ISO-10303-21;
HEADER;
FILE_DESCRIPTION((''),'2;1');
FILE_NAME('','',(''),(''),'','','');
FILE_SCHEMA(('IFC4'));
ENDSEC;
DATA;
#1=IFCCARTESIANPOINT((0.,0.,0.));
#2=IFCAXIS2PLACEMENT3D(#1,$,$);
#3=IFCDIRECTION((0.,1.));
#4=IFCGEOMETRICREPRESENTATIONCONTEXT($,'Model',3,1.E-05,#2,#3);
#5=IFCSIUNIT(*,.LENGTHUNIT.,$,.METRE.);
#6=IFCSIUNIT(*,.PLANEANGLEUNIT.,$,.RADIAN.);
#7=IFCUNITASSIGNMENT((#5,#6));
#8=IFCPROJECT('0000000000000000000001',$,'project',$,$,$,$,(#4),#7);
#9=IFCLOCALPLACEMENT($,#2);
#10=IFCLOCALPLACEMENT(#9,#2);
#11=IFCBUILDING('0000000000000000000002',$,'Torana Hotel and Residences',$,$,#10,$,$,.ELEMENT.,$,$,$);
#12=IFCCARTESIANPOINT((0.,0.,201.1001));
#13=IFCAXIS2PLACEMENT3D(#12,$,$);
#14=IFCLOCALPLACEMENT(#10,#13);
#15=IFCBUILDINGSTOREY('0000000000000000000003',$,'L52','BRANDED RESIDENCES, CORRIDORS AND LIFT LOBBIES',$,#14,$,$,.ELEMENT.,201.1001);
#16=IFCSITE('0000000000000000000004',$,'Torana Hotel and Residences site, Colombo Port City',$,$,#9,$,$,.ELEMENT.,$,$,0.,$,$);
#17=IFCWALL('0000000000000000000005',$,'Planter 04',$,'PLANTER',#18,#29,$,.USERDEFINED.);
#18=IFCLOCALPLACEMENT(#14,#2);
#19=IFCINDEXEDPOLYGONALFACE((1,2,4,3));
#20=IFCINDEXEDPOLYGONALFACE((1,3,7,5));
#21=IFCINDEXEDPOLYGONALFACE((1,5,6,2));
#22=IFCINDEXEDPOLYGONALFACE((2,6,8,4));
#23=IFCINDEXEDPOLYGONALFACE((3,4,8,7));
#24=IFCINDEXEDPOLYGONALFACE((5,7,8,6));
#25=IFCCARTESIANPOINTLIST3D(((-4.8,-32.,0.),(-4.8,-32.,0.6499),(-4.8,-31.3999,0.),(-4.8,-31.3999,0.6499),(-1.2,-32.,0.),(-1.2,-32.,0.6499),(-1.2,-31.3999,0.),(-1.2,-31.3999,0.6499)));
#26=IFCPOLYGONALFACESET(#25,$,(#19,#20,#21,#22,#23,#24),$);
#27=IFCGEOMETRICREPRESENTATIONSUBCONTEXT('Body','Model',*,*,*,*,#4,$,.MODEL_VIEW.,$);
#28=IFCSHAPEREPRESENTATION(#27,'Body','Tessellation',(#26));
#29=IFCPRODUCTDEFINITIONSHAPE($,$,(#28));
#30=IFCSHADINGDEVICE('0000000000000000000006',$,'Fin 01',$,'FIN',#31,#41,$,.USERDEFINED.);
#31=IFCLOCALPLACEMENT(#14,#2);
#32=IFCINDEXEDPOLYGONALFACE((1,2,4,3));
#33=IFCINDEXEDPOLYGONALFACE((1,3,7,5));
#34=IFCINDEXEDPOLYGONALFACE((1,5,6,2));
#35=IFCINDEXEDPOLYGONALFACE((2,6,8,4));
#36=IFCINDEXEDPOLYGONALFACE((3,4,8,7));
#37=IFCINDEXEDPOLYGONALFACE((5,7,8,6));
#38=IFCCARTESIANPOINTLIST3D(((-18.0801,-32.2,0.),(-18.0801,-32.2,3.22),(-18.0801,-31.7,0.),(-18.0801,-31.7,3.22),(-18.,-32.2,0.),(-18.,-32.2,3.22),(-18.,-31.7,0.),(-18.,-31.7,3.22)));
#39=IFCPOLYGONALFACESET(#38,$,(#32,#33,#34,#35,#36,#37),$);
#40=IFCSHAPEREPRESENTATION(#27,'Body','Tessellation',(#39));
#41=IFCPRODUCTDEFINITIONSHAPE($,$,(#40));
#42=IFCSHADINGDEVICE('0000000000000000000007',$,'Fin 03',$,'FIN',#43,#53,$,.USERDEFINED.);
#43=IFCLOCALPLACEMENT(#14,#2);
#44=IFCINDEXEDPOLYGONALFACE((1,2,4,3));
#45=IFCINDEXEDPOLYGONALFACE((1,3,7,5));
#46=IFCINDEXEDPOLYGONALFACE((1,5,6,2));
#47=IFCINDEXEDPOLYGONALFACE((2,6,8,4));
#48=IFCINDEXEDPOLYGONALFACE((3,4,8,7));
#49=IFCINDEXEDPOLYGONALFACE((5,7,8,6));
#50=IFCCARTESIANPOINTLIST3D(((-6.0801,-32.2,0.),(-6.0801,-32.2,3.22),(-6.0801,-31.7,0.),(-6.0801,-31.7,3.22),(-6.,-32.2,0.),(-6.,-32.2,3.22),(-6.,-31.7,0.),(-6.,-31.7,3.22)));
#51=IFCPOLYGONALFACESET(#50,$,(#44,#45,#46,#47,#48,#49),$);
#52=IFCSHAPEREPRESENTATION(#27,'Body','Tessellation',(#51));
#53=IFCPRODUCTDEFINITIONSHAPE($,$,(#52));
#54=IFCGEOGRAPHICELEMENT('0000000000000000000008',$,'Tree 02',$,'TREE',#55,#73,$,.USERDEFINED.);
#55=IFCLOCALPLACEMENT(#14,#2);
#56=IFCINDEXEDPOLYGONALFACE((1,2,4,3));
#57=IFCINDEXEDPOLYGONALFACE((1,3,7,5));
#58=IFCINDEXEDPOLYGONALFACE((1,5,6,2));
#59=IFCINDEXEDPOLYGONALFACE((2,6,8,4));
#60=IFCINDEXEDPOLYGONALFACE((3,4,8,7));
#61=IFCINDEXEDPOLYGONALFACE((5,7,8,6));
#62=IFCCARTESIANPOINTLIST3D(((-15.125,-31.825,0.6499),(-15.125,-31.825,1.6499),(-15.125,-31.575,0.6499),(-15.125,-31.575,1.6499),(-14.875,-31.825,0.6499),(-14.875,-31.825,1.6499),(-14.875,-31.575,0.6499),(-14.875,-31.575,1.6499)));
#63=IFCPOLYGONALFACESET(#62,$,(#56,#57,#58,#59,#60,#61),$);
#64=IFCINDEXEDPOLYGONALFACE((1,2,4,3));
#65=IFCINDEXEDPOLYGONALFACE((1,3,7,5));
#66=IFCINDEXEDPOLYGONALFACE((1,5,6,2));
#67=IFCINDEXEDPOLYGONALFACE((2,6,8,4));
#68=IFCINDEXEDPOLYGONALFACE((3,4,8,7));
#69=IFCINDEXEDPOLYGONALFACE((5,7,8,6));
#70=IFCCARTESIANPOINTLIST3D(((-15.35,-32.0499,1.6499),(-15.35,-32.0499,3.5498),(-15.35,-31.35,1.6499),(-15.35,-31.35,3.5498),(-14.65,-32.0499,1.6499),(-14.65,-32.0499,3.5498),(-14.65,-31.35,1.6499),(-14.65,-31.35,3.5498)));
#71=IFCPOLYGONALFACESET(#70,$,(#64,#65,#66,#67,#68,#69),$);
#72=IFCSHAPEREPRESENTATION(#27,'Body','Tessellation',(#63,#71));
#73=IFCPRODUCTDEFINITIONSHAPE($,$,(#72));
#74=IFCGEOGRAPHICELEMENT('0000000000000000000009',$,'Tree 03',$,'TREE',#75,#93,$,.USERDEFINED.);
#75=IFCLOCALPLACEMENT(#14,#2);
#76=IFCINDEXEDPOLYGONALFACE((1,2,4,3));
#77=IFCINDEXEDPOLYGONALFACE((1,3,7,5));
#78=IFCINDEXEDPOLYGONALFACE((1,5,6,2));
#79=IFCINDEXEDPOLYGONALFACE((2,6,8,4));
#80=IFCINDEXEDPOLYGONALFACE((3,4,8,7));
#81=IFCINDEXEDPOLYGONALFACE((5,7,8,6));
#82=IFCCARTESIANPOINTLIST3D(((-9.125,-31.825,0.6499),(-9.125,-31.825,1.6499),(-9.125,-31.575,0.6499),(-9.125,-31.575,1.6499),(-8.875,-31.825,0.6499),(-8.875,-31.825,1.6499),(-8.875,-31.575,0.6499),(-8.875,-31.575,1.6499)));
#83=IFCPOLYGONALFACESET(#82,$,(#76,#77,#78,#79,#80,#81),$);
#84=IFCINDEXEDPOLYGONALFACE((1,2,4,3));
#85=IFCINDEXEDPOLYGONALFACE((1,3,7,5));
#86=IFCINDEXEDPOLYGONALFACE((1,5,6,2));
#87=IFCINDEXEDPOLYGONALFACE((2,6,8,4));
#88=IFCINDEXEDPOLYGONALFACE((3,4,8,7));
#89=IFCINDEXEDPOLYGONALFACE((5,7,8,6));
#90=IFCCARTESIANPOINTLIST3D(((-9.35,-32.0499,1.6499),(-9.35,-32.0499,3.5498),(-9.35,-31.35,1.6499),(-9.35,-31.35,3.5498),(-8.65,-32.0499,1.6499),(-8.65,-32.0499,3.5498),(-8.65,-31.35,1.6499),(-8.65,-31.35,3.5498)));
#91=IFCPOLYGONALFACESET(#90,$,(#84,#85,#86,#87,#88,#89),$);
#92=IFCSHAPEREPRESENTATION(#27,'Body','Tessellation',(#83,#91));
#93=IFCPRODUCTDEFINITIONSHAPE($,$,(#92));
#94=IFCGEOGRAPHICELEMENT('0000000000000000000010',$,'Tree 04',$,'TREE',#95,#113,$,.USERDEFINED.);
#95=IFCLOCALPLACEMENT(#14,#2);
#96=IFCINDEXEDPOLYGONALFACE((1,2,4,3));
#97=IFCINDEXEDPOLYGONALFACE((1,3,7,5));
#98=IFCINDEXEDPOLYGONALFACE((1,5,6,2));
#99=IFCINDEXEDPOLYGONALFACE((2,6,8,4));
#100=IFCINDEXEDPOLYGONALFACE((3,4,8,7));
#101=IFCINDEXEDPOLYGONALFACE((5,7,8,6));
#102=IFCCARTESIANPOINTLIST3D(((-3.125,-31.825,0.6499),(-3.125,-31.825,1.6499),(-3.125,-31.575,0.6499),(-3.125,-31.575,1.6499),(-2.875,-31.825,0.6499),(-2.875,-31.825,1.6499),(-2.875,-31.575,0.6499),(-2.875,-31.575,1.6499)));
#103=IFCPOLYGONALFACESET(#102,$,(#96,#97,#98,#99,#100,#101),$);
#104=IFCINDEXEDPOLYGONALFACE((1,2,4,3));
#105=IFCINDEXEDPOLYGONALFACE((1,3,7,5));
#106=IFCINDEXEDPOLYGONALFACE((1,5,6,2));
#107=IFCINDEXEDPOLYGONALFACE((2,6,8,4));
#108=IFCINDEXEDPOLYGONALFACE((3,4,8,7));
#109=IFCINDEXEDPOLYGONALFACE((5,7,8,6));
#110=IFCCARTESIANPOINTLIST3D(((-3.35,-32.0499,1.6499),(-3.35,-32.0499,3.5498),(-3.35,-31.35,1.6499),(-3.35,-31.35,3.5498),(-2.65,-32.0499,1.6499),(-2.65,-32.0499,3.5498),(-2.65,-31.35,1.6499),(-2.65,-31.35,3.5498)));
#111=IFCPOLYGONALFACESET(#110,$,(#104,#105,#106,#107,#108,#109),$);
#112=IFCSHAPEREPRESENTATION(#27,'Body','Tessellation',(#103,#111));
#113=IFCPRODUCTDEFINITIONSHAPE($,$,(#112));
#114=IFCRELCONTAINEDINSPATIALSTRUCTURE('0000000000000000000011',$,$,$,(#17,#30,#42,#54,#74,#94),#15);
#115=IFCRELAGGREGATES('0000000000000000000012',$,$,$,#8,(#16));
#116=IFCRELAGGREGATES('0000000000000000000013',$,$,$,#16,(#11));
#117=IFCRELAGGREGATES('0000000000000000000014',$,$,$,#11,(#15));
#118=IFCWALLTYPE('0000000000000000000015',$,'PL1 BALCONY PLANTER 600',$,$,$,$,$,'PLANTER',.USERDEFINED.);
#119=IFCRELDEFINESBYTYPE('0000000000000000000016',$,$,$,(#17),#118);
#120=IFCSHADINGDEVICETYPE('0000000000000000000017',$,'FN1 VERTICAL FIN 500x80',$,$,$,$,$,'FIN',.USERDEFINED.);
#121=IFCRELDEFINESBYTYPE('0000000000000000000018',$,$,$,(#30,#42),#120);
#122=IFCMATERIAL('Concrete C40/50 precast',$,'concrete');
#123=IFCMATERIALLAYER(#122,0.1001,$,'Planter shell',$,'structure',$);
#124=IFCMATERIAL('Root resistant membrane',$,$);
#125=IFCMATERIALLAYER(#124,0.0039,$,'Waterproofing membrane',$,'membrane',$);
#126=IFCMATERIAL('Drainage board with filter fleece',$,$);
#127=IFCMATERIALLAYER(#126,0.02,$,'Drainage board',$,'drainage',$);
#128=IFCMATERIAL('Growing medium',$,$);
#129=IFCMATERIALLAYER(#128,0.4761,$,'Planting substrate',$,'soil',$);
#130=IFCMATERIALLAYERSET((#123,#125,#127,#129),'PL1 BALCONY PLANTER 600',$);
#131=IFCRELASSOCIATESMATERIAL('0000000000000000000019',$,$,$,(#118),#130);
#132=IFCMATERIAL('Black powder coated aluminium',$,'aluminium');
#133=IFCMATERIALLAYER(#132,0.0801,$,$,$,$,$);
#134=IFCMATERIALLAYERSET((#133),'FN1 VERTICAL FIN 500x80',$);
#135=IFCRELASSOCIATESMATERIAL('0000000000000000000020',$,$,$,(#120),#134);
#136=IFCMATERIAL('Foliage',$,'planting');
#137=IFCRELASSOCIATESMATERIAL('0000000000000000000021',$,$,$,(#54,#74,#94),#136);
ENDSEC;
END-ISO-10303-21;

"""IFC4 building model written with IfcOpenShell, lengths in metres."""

from ifc_helpers import new_model, si_unit, direction, frame, frame_2d, origin, origin_2d, place, context, subcontext, project, spatial, rectangle, extrude, material, layer, layer_set, type_object, element, save


model = new_model("IFC4")

# Units and contexts
model_context = context("Model", 3, precision=1e-05, world=origin(), true_north=direction((0.0, 1.0)))
body_context = subcontext(model_context, "Body", "Model", "MODEL_VIEW")
ifc_project = project(units=[si_unit("LENGTHUNIT", "METRE"), si_unit("PLANEANGLEUNIT", "RADIAN")], contexts=[model_context])

# Site, building, storey
site_placement = place(None, origin())
site = spatial("IfcSite", under=ifc_project, at=site_placement, Name="Torana Hotel and Residences site, Colombo Port City", CompositionType="ELEMENT", RefElevation=0.0)
building_placement = place(site_placement, origin())
building = spatial("IfcBuilding", under=site, at=building_placement, Name="Torana Hotel and Residences", CompositionType="ELEMENT")
storey_placement = place(building_placement, frame((0.0, 0.0, 201.1001)))
storey = spatial("IfcBuildingStorey", under=building, at=storey_placement, Name="L52", Description="BRANDED RESIDENCES, CORRIDORS AND LIFT LOBBIES", CompositionType="ELEMENT", Elevation=201.1001)

# Wall
ifc_material_1 = material(Name="Concrete C40/50 precast", Category="concrete")
ifc_layer_1 = layer(ifc_material_1, 0.1001, Name="Planter shell", Category="structure")
ifc_material_2 = material(Name="Root resistant membrane")
ifc_layer_2 = layer(ifc_material_2, 0.0039, Name="Waterproofing membrane", Category="membrane")
ifc_material_3 = material(Name="Drainage board with filter fleece")
ifc_layer_3 = layer(ifc_material_3, 0.02, Name="Drainage board", Category="drainage")
ifc_material_4 = material(Name="Growing medium")
ifc_layer_4 = layer(ifc_material_4, 0.4761, Name="Planting substrate", Category="soil")
ifc_layer_set_1 = layer_set([ifc_layer_1, ifc_layer_2, ifc_layer_3, ifc_layer_4], Name="PL1 BALCONY PLANTER 600")
wall_type_1 = type_object("IfcWallType", Name="PL1 BALCONY PLANTER 600", ElementType="PLANTER", PredefinedType="USERDEFINED", material=ifc_layer_set_1)
for number, where, z_axis, x_axis, name in (
    (1, (-1.2, -31.7, 0.0), (0.0, 0.0, 1.0), (-1.0, 0.0, 0.0), "Planter 04"),
):
    element("IfcWall", number, at=place(storey_placement, frame(where, z_axis=z_axis, x_axis=x_axis)), inside=storey, type_object=wall_type_1, Name=name, ObjectType="PLANTER", PredefinedType="USERDEFINED", context=body_context, shape_type="SweptSolid", body=[
        extrude(rectangle(XDim=3.6001, YDim=0.6001, at=frame_2d((1.8, 0.0))), origin(), (0.0, 0.0, 1.0), 0.6499),
    ])

# Shading devices
ifc_material_5 = material(Name="Black powder coated aluminium", Category="aluminium")
ifc_layer_5 = layer(ifc_material_5, 0.0801)
ifc_layer_set_2 = layer_set([ifc_layer_5], Name="FN1 VERTICAL FIN 500x80")
shading_device_type = type_object("IfcShadingDeviceType", Name="FN1 VERTICAL FIN 500x80", ElementType="FIN", PredefinedType="USERDEFINED", material=ifc_layer_set_2)
for number, where, z_axis, x_axis, name in (
    (2, (-18.04, -31.95, 0.0), (0.0, 0.0, 1.0), (-1.0, 0.0, 0.0), "Fin 01"),
    (3, (-6.04, -31.95, 0.0), (0.0, 0.0, 1.0), (-1.0, 0.0, 0.0), "Fin 03"),
):
    element("IfcShadingDevice", number, at=place(storey_placement, frame(where, z_axis=z_axis, x_axis=x_axis)), inside=storey, type_object=shading_device_type, Name=name, ObjectType="FIN", PredefinedType="USERDEFINED", context=body_context, shape_type="SweptSolid", body=[
        extrude(rectangle(XDim=0.0801, YDim=0.5, at=origin_2d()), origin(), (0.0, 0.0, 1.0), 3.22),
    ])

# Geographic elements
ifc_material_6 = material(Name="Foliage", Category="planting")
for number, where, z_axis, x_axis, name in (
    (4, (-15.0, -31.7, 0.6499), (0.0, 0.0, 1.0), (1.0, 0.0, 0.0), "Tree 02"),
    (5, (-9.0, -31.7, 0.6499), (0.0, 0.0, 1.0), (1.0, 0.0, 0.0), "Tree 03"),
    (6, (-3.0, -31.7, 0.6499), (0.0, 0.0, 1.0), (1.0, 0.0, 0.0), "Tree 04"),
):
    element("IfcGeographicElement", number, at=place(storey_placement, frame(where, z_axis=z_axis, x_axis=x_axis)), inside=storey, material=ifc_material_6, Name=name, ObjectType="TREE", PredefinedType="USERDEFINED", context=body_context, shape_type="SweptSolid", body=[
        extrude(rectangle(XDim=0.25, YDim=0.25, at=origin_2d()), origin(), (0.0, 0.0, 1.0), 1.0),
        extrude(rectangle(XDim=0.7, YDim=0.7, at=origin_2d()), frame((0.0, 0.0, 1.0)), (0.0, 0.0, 1.0), 1.8999),
    ])

save(model, "model.ifc")
